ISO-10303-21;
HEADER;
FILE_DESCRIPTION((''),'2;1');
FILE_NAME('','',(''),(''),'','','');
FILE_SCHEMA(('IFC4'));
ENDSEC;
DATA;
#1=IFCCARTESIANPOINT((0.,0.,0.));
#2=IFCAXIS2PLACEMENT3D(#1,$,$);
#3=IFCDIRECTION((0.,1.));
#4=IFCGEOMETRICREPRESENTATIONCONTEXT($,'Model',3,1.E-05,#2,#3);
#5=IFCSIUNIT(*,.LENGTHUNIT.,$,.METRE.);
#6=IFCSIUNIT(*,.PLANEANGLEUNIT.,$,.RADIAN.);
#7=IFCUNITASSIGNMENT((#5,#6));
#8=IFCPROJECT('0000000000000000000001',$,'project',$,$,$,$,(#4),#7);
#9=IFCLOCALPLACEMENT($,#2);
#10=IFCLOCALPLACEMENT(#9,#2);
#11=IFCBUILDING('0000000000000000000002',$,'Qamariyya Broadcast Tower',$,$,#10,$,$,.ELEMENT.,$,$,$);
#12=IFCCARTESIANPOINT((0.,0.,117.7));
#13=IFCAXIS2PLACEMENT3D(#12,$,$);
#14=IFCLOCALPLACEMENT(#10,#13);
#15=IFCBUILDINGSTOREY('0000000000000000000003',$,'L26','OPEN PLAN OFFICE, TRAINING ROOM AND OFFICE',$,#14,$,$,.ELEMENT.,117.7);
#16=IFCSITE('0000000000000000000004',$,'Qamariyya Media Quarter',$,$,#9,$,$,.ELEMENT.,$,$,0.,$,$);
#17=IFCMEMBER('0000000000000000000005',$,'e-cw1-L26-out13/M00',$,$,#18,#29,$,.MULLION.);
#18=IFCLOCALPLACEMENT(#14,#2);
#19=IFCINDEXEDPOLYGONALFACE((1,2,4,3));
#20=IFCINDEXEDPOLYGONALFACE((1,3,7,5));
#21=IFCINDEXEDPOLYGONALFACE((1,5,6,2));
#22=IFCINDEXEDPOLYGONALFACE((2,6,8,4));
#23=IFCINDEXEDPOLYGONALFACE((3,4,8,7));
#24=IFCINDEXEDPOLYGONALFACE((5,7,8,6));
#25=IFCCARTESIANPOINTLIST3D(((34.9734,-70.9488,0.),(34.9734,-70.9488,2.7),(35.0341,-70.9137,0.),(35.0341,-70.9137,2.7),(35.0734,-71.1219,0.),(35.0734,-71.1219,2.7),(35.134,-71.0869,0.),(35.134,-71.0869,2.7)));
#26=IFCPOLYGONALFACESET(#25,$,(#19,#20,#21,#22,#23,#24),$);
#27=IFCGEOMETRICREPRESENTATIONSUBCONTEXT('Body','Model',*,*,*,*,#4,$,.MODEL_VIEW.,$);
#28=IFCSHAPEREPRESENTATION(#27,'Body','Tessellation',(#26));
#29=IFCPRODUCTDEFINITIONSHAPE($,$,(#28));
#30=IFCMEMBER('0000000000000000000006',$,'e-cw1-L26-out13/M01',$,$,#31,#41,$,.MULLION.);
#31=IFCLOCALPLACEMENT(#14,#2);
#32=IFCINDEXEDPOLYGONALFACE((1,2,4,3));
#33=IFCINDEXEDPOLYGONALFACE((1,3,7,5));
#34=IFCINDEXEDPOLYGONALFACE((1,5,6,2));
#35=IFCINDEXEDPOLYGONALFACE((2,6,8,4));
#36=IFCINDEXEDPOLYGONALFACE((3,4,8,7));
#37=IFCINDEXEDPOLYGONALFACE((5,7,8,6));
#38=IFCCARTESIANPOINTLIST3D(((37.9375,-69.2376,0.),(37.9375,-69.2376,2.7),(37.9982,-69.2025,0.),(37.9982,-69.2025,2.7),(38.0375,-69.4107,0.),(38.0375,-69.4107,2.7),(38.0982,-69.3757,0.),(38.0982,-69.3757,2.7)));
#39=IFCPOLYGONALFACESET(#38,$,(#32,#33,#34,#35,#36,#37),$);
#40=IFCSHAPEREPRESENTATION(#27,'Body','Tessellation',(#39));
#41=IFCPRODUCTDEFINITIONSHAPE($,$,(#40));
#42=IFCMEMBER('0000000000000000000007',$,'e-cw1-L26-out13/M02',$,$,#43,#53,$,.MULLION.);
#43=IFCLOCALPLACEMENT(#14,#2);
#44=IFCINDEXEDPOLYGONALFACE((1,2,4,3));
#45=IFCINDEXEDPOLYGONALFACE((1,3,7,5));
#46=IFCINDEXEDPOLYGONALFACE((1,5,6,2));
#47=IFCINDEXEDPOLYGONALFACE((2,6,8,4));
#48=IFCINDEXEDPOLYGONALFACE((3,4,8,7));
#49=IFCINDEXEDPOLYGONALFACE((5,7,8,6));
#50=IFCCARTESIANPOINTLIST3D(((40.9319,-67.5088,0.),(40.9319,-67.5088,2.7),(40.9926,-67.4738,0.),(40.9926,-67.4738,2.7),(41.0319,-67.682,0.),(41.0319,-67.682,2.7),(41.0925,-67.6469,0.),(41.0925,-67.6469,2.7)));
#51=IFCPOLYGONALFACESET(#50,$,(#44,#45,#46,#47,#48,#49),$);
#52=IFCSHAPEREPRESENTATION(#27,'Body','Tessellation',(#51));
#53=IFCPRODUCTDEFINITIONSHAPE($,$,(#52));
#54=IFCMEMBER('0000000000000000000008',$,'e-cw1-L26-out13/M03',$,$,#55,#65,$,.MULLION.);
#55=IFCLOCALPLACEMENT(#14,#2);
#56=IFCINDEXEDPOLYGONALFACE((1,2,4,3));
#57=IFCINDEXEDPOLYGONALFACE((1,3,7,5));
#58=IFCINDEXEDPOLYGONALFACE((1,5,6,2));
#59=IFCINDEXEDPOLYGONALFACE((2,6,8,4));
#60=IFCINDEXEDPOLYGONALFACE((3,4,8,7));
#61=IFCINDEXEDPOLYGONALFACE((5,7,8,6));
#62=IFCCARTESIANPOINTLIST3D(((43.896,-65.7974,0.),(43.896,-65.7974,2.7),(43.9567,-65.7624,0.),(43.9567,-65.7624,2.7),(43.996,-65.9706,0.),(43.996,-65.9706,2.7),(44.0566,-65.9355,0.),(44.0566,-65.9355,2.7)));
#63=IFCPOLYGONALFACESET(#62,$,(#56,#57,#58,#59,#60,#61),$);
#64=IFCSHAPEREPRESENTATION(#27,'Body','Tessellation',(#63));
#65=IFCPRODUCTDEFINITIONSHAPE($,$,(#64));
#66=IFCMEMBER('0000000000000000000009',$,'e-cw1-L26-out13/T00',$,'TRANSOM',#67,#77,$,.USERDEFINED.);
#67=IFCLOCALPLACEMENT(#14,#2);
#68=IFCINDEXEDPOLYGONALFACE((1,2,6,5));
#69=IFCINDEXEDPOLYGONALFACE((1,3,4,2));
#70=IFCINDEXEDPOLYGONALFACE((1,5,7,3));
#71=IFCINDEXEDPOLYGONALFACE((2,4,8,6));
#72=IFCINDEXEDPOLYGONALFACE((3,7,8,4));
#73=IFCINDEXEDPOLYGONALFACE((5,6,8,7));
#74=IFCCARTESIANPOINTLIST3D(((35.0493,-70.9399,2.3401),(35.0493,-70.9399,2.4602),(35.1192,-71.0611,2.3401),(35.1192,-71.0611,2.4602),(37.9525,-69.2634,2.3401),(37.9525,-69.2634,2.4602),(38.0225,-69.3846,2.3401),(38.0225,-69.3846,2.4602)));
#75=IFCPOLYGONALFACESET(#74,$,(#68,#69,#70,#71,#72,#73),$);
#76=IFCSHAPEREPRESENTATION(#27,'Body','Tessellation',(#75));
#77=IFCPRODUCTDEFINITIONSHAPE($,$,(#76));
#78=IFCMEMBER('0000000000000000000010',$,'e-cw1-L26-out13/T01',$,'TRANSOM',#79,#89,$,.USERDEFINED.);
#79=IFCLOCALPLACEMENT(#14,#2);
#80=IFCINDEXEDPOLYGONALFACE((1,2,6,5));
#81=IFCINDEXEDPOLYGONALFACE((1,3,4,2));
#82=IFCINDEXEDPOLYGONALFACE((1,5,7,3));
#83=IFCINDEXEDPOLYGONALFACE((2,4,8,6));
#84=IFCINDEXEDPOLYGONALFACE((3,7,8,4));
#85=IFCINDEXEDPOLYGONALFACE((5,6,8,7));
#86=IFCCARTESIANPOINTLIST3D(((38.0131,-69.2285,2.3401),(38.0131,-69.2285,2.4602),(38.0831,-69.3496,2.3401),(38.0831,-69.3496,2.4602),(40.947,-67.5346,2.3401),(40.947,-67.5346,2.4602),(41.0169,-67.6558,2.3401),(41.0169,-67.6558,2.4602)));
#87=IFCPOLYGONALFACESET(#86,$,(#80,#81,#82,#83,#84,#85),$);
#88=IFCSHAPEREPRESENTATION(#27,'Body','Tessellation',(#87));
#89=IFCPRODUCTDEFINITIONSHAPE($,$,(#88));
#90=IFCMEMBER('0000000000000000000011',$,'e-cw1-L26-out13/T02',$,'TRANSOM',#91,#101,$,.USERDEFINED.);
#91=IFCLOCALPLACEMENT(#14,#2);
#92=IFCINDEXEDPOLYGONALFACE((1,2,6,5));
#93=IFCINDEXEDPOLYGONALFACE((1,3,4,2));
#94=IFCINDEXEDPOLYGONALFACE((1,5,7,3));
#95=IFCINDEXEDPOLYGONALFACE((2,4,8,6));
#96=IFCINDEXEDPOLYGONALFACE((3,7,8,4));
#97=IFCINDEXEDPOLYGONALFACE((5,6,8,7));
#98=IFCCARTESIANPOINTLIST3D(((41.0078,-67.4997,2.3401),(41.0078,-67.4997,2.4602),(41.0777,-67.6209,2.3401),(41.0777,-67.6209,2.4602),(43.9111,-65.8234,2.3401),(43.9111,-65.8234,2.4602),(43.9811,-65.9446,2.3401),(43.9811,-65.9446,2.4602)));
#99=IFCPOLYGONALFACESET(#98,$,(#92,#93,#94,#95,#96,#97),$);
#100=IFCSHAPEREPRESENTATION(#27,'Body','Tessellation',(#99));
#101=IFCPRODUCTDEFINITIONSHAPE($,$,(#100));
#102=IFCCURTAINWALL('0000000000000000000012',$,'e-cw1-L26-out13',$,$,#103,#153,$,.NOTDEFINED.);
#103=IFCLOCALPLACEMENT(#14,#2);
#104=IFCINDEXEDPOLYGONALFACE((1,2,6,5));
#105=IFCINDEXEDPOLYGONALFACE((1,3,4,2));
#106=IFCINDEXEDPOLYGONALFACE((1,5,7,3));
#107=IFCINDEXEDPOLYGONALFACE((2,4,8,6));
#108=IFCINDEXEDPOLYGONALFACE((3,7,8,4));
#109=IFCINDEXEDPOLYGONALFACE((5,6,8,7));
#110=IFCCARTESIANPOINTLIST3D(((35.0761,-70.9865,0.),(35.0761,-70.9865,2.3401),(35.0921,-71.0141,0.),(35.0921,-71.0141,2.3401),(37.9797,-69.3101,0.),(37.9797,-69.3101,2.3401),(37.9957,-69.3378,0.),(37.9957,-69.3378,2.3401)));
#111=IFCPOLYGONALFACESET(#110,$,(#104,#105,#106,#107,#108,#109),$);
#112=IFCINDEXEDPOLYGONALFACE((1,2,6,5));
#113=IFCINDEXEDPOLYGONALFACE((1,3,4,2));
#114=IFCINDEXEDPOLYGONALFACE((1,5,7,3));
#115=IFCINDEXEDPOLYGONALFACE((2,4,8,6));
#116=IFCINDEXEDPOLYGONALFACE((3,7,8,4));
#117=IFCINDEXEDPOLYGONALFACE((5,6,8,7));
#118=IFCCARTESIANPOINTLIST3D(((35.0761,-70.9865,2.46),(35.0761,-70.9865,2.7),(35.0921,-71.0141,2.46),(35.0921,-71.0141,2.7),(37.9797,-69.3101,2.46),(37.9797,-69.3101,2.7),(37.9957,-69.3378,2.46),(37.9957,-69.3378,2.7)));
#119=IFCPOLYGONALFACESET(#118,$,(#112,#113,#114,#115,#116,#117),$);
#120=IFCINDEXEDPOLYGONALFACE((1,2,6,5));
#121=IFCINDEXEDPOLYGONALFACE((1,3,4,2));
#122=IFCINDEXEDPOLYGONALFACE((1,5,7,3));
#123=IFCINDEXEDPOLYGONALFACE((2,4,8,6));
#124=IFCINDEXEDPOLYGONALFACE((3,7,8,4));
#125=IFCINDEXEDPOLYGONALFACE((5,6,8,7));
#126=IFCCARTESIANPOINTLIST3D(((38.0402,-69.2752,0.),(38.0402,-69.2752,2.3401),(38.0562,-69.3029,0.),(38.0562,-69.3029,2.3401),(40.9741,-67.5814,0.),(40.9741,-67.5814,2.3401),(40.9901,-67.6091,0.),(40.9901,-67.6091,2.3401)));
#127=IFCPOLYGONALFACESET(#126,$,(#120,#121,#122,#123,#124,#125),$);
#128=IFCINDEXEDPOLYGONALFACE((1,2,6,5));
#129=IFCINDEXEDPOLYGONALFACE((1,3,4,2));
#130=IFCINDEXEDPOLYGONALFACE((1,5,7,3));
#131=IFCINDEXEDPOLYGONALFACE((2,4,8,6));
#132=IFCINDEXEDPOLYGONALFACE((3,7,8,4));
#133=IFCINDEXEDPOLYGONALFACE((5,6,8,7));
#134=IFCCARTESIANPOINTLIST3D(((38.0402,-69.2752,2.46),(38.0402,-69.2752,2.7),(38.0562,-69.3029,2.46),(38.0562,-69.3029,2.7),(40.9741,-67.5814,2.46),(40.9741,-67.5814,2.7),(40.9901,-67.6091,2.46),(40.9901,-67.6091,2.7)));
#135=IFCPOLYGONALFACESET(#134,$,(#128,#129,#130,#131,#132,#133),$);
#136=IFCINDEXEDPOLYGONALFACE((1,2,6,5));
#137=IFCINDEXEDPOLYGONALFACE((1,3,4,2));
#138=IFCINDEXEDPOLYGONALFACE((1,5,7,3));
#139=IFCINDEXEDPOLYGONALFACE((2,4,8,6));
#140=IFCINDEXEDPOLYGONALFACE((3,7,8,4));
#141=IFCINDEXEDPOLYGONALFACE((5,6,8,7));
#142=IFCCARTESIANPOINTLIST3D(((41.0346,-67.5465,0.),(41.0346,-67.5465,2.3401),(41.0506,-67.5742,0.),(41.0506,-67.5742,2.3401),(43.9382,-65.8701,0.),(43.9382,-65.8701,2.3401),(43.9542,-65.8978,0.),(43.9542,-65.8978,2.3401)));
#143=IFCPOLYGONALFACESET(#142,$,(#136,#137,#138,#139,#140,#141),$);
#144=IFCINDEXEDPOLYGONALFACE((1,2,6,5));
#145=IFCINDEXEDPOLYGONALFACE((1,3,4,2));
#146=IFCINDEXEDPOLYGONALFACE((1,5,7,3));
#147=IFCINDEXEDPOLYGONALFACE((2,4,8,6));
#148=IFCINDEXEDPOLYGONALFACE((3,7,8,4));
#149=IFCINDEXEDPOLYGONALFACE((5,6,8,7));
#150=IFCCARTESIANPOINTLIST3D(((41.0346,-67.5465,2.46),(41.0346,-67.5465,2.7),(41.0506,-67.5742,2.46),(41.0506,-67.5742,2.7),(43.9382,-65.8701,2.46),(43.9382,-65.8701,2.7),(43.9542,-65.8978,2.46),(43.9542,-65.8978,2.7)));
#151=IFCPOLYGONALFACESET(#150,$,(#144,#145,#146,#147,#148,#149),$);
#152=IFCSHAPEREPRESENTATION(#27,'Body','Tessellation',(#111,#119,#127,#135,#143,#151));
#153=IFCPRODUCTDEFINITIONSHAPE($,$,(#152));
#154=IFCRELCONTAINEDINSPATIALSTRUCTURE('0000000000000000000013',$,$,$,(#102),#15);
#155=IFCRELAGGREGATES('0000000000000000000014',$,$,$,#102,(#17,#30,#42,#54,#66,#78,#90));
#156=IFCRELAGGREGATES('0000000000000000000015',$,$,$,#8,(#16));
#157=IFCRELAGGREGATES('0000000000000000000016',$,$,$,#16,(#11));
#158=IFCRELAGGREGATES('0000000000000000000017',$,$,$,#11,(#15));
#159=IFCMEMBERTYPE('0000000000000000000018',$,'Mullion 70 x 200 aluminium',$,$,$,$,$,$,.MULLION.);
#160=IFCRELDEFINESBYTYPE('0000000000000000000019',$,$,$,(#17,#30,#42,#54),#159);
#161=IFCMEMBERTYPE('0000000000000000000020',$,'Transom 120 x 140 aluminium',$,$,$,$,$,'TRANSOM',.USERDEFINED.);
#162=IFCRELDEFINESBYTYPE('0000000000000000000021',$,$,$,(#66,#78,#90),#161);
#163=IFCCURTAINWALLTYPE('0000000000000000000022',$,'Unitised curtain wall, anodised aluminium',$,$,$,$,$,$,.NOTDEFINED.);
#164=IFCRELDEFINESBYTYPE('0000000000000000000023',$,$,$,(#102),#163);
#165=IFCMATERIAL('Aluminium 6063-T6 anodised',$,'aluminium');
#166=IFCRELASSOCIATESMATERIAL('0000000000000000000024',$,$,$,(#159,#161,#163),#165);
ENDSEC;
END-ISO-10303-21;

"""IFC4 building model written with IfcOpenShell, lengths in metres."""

from ifc_helpers import new_model, si_unit, direction, frame, origin, origin_2d, place, context, subcontext, project, spatial, rectangle, extrude, material, material_profile, profile_set, type_object, element, aggregate, save


model = new_model("IFC4")

# Units and contexts
model_context = context("Model", 3, precision=1e-05, world=origin(), true_north=direction((0.0, 1.0)))
body_context = subcontext(model_context, "Body", "Model", "MODEL_VIEW")
ifc_project = project(units=[si_unit("LENGTHUNIT", "METRE"), si_unit("PLANEANGLEUNIT", "RADIAN")], contexts=[model_context])

# Members
ifc_material = material(Name="Aluminium 6063-T6 anodised", Category="aluminium")
ifc_material_profile_1 = material_profile(ifc_material, rectangle(XDim=0.2, YDim=0.0701, at=origin_2d()))
ifc_profile_set_1 = profile_set([ifc_material_profile_1], Name="Aluminium 6063-T6 anodised")
member_type_1 = type_object("IfcMemberType", Name="Mullion 70 x 200 aluminium", PredefinedType="MULLION", material=ifc_profile_set_1)
site_placement = place(None, origin())
building_placement = place(site_placement, origin())
storey_placement = place(building_placement, frame((0.0, 0.0, 117.7)))
member_1_placement = place(storey_placement, frame((35.0537, -71.0178, 0.0), z_axis=(0.0, 0.0, 1.0), x_axis=(-0.5, 0.866025, 0.0)))
member_1 = element("IfcMember", 1, at=member_1_placement, type_object=member_type_1, Name="e-cw1-L26-out13/M00", PredefinedType="MULLION", context=body_context, shape_type="SweptSolid", body=[
    extrude(rectangle(XDim=0.2, YDim=0.0701, at=origin_2d()), origin(), (0.0, 0.0, 1.0), 2.7),
])
member_2_placement = place(storey_placement, frame((38.0178, -69.3066, 0.0), z_axis=(0.0, 0.0, 1.0), x_axis=(-0.5, 0.866025, 0.0)))
member_2 = element("IfcMember", 2, at=member_2_placement, type_object=member_type_1, Name="e-cw1-L26-out13/M01", PredefinedType="MULLION", context=body_context, shape_type="SweptSolid", body=[
    extrude(rectangle(XDim=0.2, YDim=0.0701, at=origin_2d()), origin(), (0.0, 0.0, 1.0), 2.7),
])
member_3_placement = place(storey_placement, frame((41.0122, -67.5779, 0.0), z_axis=(0.0, 0.0, 1.0), x_axis=(-0.5, 0.866025, 0.0)))
member_3 = element("IfcMember", 3, at=member_3_placement, type_object=member_type_1, Name="e-cw1-L26-out13/M02", PredefinedType="MULLION", context=body_context, shape_type="SweptSolid", body=[
    extrude(rectangle(XDim=0.2, YDim=0.0701, at=origin_2d()), origin(), (0.0, 0.0, 1.0), 2.7),
])
member_4_placement = place(storey_placement, frame((43.9763, -65.8665, 0.0), z_axis=(0.0, 0.0, 1.0), x_axis=(-0.5, 0.866025, 0.0)))
member_4 = element("IfcMember", 4, at=member_4_placement, type_object=member_type_1, Name="e-cw1-L26-out13/M03", PredefinedType="MULLION", context=body_context, shape_type="SweptSolid", body=[
    extrude(rectangle(XDim=0.2, YDim=0.0701, at=origin_2d()), origin(), (0.0, 0.0, 1.0), 2.7),
])
ifc_material_profile_2 = material_profile(ifc_material, rectangle(XDim=0.1399, YDim=0.1201, at=origin_2d()))
ifc_profile_set_2 = profile_set([ifc_material_profile_2], Name="Aluminium 6063-T6 anodised")
member_type_2 = type_object("IfcMemberType", Name="Transom 120 x 140 aluminium", ElementType="TRANSOM", PredefinedType="USERDEFINED", material=ifc_profile_set_2)
member_5_placement = place(storey_placement, frame((35.0842, -71.0005, 2.4001), z_axis=(0.865989, 0.500063, 0.0), x_axis=(-0.500063, 0.865989, 0.0)))
member_5 = element("IfcMember", 5, at=member_5_placement, type_object=member_type_2, Name="e-cw1-L26-out13/T00", ObjectType="TRANSOM", PredefinedType="USERDEFINED", context=body_context, shape_type="SweptSolid", body=[
    extrude(rectangle(XDim=0.1399, YDim=0.1201, at=origin_2d()), origin(), (0.0, 0.0, 1.0), 3.3525),
])
member_6_placement = place(storey_placement, frame((38.0481, -69.2891, 2.4001), z_axis=(0.866026, 0.499999, 0.0), x_axis=(-0.499999, 0.866026, 0.0)))
member_6 = element("IfcMember", 6, at=member_6_placement, type_object=member_type_2, Name="e-cw1-L26-out13/T01", ObjectType="TRANSOM", PredefinedType="USERDEFINED", context=body_context, shape_type="SweptSolid", body=[
    extrude(rectangle(XDim=0.1399, YDim=0.1201, at=origin_2d()), origin(), (0.0, 0.0, 1.0), 3.3877),
])
member_7_placement = place(storey_placement, frame((41.0427, -67.5603, 2.4001), z_axis=(0.866021, 0.500008, 0.0), x_axis=(-0.500008, 0.866021, 0.0)))
member_7 = element("IfcMember", 7, at=member_7_placement, type_object=member_type_2, Name="e-cw1-L26-out13/T02", ObjectType="TRANSOM", PredefinedType="USERDEFINED", context=body_context, shape_type="SweptSolid", body=[
    extrude(rectangle(XDim=0.1399, YDim=0.1201, at=origin_2d()), origin(), (0.0, 0.0, 1.0), 3.3525),
])

# Site, building, storey
site = spatial("IfcSite", under=ifc_project, at=site_placement, Name="Qamariyya Media Quarter", CompositionType="ELEMENT", RefElevation=0.0)
building = spatial("IfcBuilding", under=site, at=building_placement, Name="Qamariyya Broadcast Tower", CompositionType="ELEMENT")
storey = spatial("IfcBuildingStorey", under=building, at=storey_placement, Name="L26", Description="OPEN PLAN OFFICE, TRAINING ROOM AND OFFICE", CompositionType="ELEMENT", Elevation=117.7)

# Curtain wall
curtain_wall_type = type_object("IfcCurtainWallType", Name="Unitised curtain wall, anodised aluminium", PredefinedType="NOTDEFINED", material=ifc_material)
curtain_wall_1_placement = place(storey_placement, origin())
curtain_wall_1 = element("IfcCurtainWall", 8, at=curtain_wall_1_placement, inside=storey, type_object=curtain_wall_type, Name="e-cw1-L26-out13", PredefinedType="NOTDEFINED", context=body_context, shape_type="SweptSolid", body=[
    extrude(rectangle(XDim=3.3528, YDim=0.032, at=origin_2d()), frame((36.5359, -70.1621, 0.0), x_axis=(0.866027, 0.499997, 0.0)), (0.0, 0.0, 1.0), 2.3401),
    extrude(rectangle(XDim=3.3528, YDim=0.032, at=origin_2d()), frame((36.5359, -70.1621, 2.46), x_axis=(0.866027, 0.499997, 0.0)), (0.0, 0.0, 1.0), 0.24),
    extrude(rectangle(XDim=3.3877, YDim=0.032, at=origin_2d()), frame((39.5151, -68.4421, 0.0), x_axis=(0.866027, 0.499997, 0.0)), (0.0, 0.0, 1.0), 2.3401),
    extrude(rectangle(XDim=3.3877, YDim=0.032, at=origin_2d()), frame((39.5151, -68.4421, 2.46), x_axis=(0.866027, 0.499997, 0.0)), (0.0, 0.0, 1.0), 0.24),
    extrude(rectangle(XDim=3.3528, YDim=0.032, at=origin_2d()), frame((42.4944, -66.7222, 0.0), x_axis=(0.866027, 0.499997, 0.0)), (0.0, 0.0, 1.0), 2.3401),
    extrude(rectangle(XDim=3.3528, YDim=0.032, at=origin_2d()), frame((42.4944, -66.7222, 2.46), x_axis=(0.866027, 0.499997, 0.0)), (0.0, 0.0, 1.0), 0.24),
])
aggregate(curtain_wall_1, [member_1, member_2, member_3, member_4, member_5, member_6, member_7])

save(model, "model.ifc")
